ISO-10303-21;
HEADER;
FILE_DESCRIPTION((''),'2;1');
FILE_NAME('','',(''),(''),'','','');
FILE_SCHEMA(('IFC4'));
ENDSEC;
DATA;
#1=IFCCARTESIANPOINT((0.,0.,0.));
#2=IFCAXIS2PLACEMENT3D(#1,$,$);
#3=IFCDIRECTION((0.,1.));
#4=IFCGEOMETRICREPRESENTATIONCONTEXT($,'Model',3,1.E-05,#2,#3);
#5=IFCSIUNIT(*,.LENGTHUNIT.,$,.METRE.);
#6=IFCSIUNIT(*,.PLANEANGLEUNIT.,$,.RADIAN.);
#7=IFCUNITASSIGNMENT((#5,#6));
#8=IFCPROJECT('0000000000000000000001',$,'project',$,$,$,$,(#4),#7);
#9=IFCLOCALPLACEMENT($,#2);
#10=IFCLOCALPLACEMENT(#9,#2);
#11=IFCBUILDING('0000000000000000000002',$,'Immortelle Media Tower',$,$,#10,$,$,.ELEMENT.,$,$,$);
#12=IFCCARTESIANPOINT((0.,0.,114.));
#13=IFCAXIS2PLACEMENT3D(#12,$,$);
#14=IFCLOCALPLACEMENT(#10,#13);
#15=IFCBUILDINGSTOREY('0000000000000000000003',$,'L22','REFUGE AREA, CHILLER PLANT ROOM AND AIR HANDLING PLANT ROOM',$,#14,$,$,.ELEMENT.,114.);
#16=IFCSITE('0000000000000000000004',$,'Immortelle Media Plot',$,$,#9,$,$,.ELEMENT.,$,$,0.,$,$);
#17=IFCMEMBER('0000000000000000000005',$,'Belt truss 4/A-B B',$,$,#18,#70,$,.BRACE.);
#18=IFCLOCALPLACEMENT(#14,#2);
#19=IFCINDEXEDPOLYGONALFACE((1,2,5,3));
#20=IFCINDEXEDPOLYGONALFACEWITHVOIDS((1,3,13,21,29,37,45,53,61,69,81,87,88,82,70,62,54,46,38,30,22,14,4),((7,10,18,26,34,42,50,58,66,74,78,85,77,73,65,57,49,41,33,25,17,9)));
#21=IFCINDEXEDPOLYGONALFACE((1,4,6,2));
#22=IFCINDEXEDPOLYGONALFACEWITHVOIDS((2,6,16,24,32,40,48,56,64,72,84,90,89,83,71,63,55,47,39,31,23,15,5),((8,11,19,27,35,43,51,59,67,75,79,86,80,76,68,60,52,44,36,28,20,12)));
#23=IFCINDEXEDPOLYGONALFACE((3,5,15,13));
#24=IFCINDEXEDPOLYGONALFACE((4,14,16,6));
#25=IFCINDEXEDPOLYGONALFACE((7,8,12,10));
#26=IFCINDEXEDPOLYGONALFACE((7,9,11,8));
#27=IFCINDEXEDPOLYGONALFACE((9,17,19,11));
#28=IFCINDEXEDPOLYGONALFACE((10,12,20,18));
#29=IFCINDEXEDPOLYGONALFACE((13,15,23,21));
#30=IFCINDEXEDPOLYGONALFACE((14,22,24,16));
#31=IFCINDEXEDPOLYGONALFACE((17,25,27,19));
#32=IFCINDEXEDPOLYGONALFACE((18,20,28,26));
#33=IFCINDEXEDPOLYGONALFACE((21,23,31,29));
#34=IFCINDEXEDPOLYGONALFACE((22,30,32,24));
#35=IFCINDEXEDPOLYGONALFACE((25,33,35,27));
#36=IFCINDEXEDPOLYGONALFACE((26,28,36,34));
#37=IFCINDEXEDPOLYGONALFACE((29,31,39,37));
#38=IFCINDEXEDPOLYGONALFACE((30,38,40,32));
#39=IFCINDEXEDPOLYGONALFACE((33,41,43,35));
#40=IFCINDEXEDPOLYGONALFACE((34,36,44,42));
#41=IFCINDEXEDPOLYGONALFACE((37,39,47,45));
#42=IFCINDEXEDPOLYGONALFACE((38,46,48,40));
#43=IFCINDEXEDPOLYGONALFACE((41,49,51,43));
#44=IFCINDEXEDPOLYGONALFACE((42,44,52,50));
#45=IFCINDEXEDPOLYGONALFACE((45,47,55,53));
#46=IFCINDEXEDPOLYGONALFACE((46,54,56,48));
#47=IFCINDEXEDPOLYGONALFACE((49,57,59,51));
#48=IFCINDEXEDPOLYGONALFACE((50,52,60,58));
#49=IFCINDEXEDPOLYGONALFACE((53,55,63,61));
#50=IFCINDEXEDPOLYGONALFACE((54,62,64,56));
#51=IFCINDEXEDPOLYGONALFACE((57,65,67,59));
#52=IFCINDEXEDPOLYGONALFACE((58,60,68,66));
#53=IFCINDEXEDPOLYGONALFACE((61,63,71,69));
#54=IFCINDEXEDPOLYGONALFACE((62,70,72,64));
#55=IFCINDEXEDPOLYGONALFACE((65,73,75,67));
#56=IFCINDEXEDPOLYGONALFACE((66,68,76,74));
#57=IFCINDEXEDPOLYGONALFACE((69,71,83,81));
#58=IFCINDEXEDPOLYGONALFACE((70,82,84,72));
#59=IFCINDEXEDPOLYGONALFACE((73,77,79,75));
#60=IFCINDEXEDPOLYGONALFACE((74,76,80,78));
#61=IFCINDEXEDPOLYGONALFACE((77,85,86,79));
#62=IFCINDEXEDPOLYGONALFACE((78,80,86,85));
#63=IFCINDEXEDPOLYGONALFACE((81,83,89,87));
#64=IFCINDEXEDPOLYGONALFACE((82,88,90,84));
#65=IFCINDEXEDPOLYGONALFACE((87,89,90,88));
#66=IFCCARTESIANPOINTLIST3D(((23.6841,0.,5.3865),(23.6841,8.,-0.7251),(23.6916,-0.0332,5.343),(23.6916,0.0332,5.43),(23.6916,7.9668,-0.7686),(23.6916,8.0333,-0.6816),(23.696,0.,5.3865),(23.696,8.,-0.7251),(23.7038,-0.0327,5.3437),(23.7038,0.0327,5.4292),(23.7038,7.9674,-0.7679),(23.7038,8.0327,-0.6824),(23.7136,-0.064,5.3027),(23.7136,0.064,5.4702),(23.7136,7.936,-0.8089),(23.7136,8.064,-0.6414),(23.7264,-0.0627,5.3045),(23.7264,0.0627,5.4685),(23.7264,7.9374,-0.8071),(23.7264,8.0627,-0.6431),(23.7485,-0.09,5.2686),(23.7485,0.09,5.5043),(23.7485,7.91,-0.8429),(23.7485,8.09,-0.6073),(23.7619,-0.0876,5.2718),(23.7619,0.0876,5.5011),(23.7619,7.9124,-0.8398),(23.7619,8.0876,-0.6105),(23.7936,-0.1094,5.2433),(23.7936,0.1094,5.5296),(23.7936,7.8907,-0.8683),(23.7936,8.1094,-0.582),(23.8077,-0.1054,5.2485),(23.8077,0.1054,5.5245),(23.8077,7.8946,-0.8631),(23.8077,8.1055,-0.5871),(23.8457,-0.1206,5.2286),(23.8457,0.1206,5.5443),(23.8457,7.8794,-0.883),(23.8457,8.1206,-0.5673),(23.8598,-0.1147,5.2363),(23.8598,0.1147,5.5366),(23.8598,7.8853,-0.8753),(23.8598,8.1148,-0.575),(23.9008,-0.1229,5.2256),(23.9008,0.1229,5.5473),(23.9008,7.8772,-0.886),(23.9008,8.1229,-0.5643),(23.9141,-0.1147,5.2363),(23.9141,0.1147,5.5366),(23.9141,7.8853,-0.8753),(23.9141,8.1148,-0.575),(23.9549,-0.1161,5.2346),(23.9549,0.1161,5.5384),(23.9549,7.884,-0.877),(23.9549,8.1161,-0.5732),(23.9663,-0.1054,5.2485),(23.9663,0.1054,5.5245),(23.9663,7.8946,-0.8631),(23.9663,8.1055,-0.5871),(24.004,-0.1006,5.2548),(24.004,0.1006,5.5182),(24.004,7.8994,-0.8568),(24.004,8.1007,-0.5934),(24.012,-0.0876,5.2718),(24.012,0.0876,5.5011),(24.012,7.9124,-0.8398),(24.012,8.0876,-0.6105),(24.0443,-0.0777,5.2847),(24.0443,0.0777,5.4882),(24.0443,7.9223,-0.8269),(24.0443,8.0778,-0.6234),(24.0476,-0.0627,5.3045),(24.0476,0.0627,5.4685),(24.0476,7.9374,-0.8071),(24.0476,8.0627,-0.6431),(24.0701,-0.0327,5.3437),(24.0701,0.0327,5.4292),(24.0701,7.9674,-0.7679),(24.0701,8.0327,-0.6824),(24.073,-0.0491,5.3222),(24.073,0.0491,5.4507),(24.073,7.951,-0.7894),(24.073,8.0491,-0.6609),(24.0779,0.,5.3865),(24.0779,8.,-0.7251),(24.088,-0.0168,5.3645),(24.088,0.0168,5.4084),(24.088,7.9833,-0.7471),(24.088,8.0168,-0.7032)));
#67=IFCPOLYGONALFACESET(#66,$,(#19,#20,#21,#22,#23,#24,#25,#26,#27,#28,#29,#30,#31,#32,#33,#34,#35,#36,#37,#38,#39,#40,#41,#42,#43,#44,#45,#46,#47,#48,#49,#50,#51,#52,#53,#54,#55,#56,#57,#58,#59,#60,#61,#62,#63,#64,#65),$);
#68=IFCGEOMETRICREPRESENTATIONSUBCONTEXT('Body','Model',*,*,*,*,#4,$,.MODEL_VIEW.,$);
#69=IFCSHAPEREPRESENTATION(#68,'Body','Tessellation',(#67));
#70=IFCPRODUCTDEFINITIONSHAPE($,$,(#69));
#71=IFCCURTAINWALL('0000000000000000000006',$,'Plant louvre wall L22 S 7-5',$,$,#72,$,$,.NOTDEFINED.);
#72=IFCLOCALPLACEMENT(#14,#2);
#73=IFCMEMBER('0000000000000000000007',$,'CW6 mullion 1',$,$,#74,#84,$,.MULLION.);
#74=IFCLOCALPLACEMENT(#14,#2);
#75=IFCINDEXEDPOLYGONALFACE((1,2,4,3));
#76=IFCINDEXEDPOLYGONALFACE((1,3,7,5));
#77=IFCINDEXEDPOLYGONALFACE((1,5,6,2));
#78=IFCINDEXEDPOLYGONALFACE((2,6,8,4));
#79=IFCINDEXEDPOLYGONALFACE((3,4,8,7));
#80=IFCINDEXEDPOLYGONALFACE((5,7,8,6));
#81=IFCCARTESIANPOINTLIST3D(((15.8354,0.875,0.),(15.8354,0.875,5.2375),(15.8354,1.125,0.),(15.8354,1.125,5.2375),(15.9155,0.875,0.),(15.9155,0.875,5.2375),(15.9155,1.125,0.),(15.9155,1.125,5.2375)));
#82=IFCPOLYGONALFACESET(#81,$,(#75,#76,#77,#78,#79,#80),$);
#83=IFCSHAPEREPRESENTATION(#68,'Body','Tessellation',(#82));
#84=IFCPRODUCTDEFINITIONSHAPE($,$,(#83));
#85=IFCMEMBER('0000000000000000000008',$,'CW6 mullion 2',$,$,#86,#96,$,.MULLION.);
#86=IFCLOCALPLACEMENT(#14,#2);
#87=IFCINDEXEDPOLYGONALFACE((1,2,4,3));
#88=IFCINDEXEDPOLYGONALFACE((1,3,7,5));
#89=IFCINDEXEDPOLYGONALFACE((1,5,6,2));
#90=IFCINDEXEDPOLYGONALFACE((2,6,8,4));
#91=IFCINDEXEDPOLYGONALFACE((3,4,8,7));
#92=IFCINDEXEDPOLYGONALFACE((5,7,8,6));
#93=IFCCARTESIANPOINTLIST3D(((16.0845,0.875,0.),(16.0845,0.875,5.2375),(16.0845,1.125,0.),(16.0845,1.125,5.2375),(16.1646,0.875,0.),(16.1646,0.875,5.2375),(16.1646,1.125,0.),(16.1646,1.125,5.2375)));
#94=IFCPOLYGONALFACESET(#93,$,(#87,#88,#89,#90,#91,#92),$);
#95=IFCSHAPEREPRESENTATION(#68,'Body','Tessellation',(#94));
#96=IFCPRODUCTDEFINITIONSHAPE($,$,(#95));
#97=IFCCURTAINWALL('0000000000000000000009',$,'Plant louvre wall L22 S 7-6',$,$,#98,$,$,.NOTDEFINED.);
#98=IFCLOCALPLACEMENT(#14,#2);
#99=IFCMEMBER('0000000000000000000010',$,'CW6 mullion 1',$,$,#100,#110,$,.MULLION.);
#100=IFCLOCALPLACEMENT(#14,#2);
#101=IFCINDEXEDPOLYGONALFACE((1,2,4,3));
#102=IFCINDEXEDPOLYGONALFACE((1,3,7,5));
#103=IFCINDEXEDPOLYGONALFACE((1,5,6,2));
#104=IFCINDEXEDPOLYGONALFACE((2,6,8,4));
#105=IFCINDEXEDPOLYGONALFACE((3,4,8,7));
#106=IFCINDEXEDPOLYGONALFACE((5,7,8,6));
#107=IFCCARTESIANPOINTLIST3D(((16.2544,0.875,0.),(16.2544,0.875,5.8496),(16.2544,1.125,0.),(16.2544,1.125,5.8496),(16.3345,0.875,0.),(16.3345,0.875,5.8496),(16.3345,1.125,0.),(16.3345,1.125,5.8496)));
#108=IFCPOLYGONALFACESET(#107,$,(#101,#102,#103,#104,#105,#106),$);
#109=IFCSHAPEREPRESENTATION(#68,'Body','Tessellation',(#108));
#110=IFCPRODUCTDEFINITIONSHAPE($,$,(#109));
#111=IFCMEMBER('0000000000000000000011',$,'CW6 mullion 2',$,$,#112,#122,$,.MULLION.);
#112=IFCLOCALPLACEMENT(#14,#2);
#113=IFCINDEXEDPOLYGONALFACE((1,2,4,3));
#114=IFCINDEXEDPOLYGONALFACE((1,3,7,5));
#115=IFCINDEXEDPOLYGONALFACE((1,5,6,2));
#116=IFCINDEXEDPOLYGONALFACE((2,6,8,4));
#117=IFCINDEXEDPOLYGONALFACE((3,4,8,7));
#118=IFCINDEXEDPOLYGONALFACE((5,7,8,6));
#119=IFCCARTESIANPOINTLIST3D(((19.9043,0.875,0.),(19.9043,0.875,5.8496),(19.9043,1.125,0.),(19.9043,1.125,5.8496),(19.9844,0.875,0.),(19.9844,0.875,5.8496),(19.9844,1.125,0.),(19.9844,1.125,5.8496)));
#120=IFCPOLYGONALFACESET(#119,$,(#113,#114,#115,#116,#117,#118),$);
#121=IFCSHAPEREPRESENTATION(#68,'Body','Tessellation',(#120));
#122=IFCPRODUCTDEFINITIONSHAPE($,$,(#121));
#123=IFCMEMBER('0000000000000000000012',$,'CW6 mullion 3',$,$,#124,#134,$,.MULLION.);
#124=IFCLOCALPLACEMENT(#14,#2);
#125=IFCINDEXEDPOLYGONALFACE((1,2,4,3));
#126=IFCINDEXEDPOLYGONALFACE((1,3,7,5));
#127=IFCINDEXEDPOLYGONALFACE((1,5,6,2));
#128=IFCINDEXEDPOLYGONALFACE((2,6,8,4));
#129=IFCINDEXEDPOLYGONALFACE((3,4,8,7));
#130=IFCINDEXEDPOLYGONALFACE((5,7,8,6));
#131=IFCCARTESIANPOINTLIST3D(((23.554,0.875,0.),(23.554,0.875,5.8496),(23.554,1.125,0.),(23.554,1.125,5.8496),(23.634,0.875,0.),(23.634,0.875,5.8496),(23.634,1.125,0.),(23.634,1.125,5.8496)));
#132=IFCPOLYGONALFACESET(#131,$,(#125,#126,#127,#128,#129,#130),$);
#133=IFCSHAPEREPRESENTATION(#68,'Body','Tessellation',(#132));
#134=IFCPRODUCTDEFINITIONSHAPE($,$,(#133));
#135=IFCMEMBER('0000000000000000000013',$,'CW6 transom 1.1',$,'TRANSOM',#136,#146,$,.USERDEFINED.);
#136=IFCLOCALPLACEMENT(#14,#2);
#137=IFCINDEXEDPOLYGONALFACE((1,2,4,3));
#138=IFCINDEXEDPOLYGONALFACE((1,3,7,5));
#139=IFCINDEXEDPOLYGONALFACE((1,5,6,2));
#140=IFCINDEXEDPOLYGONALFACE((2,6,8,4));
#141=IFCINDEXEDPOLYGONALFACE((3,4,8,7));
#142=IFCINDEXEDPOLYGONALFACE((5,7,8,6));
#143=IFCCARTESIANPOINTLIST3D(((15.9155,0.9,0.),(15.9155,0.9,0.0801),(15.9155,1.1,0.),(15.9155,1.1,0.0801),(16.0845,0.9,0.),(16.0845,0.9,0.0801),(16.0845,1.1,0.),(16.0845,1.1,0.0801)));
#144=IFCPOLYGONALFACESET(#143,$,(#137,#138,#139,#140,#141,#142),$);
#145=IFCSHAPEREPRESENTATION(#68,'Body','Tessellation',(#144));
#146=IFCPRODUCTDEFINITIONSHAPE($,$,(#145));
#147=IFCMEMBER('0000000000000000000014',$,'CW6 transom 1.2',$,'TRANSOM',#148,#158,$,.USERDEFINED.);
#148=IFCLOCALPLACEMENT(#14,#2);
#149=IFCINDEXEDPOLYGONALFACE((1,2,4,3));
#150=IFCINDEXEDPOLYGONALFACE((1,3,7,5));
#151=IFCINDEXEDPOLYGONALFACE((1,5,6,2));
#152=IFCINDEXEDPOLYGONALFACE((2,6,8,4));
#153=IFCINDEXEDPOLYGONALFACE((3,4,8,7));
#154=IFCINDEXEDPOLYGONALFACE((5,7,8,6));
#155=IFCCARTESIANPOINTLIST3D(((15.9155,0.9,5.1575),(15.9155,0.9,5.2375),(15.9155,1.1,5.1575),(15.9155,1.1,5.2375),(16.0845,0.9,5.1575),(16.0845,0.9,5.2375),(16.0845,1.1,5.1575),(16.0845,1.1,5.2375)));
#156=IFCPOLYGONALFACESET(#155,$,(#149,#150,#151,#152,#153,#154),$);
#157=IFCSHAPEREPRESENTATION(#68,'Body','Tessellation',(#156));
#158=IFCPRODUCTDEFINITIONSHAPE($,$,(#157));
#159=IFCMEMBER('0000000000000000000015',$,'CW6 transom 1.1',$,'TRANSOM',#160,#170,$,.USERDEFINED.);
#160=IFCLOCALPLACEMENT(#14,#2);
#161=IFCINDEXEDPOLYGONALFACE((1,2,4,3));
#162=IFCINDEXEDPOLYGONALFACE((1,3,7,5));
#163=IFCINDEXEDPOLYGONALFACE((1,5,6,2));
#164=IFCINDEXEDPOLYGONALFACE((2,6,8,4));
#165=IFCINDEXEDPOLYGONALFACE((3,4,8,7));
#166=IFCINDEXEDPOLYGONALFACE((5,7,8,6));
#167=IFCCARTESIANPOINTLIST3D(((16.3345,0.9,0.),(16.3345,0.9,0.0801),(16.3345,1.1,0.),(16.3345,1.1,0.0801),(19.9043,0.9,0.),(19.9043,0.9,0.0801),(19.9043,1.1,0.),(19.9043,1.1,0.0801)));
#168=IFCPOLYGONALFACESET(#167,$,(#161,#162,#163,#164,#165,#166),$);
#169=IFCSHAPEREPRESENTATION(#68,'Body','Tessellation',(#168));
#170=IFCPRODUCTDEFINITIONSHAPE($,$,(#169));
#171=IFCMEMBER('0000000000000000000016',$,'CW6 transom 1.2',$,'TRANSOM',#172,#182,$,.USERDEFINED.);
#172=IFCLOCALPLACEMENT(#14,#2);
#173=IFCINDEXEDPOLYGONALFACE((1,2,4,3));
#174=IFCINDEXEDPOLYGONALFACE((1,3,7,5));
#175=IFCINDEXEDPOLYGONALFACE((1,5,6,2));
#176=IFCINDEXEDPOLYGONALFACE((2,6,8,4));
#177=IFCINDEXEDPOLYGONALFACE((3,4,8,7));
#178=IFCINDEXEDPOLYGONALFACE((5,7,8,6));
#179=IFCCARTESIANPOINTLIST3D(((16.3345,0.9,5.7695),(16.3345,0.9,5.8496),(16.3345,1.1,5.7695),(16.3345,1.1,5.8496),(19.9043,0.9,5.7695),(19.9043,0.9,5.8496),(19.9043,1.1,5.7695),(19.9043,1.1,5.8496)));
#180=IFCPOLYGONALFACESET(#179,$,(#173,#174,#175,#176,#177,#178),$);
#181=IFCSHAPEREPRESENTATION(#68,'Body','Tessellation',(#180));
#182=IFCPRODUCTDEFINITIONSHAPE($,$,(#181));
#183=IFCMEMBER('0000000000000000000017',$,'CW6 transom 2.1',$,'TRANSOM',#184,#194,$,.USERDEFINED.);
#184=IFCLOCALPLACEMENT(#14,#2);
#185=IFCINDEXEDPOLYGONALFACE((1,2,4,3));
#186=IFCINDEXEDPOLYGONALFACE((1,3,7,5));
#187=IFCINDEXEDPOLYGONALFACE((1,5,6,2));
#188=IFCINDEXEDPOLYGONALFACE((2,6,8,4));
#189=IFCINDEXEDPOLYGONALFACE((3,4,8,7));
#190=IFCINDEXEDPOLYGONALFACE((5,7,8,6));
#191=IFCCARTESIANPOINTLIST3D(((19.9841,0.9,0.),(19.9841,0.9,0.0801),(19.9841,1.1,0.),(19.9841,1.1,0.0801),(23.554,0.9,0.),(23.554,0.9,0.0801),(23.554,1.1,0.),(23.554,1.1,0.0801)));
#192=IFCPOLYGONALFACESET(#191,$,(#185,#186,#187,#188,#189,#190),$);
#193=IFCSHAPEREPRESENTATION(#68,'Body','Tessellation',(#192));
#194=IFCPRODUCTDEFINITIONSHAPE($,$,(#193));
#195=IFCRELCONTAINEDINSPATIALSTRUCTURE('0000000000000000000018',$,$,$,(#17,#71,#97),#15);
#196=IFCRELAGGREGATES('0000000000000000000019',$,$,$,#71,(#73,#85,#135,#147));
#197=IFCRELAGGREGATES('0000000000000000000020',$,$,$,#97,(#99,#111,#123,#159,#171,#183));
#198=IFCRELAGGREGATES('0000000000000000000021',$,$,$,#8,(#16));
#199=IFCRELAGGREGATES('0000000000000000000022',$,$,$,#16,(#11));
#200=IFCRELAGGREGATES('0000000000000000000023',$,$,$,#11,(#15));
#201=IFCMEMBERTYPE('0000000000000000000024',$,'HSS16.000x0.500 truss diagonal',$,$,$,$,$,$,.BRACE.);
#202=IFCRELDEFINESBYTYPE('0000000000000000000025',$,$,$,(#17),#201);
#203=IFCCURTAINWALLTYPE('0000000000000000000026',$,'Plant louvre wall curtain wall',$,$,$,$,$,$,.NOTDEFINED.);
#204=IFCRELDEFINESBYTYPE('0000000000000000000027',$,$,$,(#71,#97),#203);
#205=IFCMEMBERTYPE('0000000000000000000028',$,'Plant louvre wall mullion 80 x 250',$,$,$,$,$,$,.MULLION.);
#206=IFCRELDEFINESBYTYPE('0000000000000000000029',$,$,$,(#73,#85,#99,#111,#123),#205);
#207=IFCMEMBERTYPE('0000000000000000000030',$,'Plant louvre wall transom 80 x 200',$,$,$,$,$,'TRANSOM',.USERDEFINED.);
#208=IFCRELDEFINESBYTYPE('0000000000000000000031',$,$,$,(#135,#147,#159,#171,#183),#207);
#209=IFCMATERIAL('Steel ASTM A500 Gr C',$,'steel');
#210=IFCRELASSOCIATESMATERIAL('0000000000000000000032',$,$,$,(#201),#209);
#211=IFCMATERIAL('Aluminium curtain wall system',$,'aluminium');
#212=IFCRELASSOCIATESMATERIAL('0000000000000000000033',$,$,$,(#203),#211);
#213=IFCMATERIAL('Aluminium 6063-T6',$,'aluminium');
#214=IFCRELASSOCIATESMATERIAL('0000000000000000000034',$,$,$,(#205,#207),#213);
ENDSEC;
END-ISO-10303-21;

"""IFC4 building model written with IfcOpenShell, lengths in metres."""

from ifc_helpers import new_model, si_unit, direction, frame, origin, origin_2d, place, context, subcontext, project, spatial, rectangle, hollow_circle, extrude, material, material_profile, profile_set, type_object, element, aggregate, save


model = new_model("IFC4")

# Units and contexts
model_context = context("Model", 3, precision=1e-05, world=origin(), true_north=direction((0.0, 1.0)))
body_context = subcontext(model_context, "Body", "Model", "MODEL_VIEW")
ifc_project = project(units=[si_unit("LENGTHUNIT", "METRE"), si_unit("PLANEANGLEUNIT", "RADIAN")], contexts=[model_context])

# Site, building, storey
site_placement = place(None, origin())
site = spatial("IfcSite", under=ifc_project, at=site_placement, Name="Immortelle Media Plot", CompositionType="ELEMENT", RefElevation=0.0)
building_placement = place(site_placement, origin())
building = spatial("IfcBuilding", under=site, at=building_placement, Name="Immortelle Media Tower", CompositionType="ELEMENT")
storey_placement = place(building_placement, frame((0.0, 0.0, 114.0)))
storey = spatial("IfcBuildingStorey", under=building, at=storey_placement, Name="L22", Description="REFUGE AREA, CHILLER PLANT ROOM AND AIR HANDLING PLANT ROOM", CompositionType="ELEMENT", Elevation=114.0)

# Member
ifc_material_1 = material(Name="Steel ASTM A500 Gr C", Category="steel")
ifc_material_profile_1 = material_profile(ifc_material_1, hollow_circle(Radius=0.2029, WallThickness=0.012, at=origin_2d()), Name="HSS16.000x0.500 truss diagonal")
ifc_profile_set_1 = profile_set([ifc_material_profile_1], Name="Steel ASTM A500 Gr C")
member_type_1 = type_object("IfcMemberType", Name="HSS16.000x0.500 truss diagonal", PredefinedType="BRACE", material=ifc_profile_set_1)
for number, where, z_axis, x_axis, name in (
    (1, (23.887, 0.0, 5.3865), (0.0, 0.794649, -0.607069), (-1.0, 0.0, 0.0), "Belt truss 4/A-B B"),
):
    element("IfcMember", number, at=place(storey_placement, frame(where, z_axis=z_axis, x_axis=x_axis)), inside=storey, type_object=member_type_1, Name=name, PredefinedType="BRACE", context=body_context, shape_type="SweptSolid", body=[
        extrude(hollow_circle(Radius=0.2029, WallThickness=0.012, at=origin_2d()), origin(), (0.0, 0.0, 1.0), 10.0674),
    ])

# Curtain walls, members
ifc_material_2 = material(Name="Aluminium curtain wall system", Category="aluminium")
curtain_wall_type = type_object("IfcCurtainWallType", Name="Plant louvre wall curtain wall", PredefinedType="NOTDEFINED", material=ifc_material_2)
curtain_wall_1_placement = place(storey_placement, origin())
curtain_wall_1 = element("IfcCurtainWall", 2, at=curtain_wall_1_placement, inside=storey, type_object=curtain_wall_type, Name="Plant louvre wall L22 S 7-5", PredefinedType="NOTDEFINED")
ifc_material_3 = material(Name="Aluminium 6063-T6", Category="aluminium")
ifc_material_profile_2 = material_profile(ifc_material_3, rectangle(XDim=0.25, YDim=0.0801, at=origin_2d()), Name="AL 80x250")
ifc_profile_set_2 = profile_set([ifc_material_profile_2], Name="Aluminium 6063-T6")
member_type_2 = type_object("IfcMemberType", Name="Plant louvre wall mullion 80 x 250", PredefinedType="MULLION", material=ifc_profile_set_2)
member_1_placement = place(storey_placement, frame((15.8755, 1.0, 0.0), z_axis=(0.0, 0.0, 1.0), x_axis=(0.0, 1.0, 0.0)))
member_1 = element("IfcMember", 3, at=member_1_placement, type_object=member_type_2, Name="CW6 mullion 1", PredefinedType="MULLION", context=body_context, shape_type="SweptSolid", body=[
    extrude(rectangle(XDim=0.25, YDim=0.0801, at=origin_2d()), origin(), (0.0, 0.0, 1.0), 5.2375),
])
member_2_placement = place(storey_placement, frame((16.1245, 1.0, 0.0), z_axis=(0.0, 0.0, 1.0), x_axis=(0.0, 1.0, 0.0)))
member_2 = element("IfcMember", 4, at=member_2_placement, type_object=member_type_2, Name="CW6 mullion 2", PredefinedType="MULLION", context=body_context, shape_type="SweptSolid", body=[
    extrude(rectangle(XDim=0.25, YDim=0.0801, at=origin_2d()), origin(), (0.0, 0.0, 1.0), 5.2375),
])
curtain_wall_2_placement = place(storey_placement, origin())
curtain_wall_2 = element("IfcCurtainWall", 5, at=curtain_wall_2_placement, inside=storey, type_object=curtain_wall_type, Name="Plant louvre wall L22 S 7-6", PredefinedType="NOTDEFINED")
member_3_placement = place(storey_placement, frame((16.2944, 1.0, 0.0), z_axis=(0.0, 0.0, 1.0), x_axis=(0.0, 1.0, 0.0)))
member_3 = element("IfcMember", 6, at=member_3_placement, type_object=member_type_2, Name="CW6 mullion 1", PredefinedType="MULLION", context=body_context, shape_type="SweptSolid", body=[
    extrude(rectangle(XDim=0.25, YDim=0.0801, at=origin_2d()), origin(), (0.0, 0.0, 1.0), 5.8496),
])
member_4_placement = place(storey_placement, frame((19.9443, 1.0, 0.0), z_axis=(0.0, 0.0, 1.0), x_axis=(0.0, 1.0, 0.0)))
member_4 = element("IfcMember", 7, at=member_4_placement, type_object=member_type_2, Name="CW6 mullion 2", PredefinedType="MULLION", context=body_context, shape_type="SweptSolid", body=[
    extrude(rectangle(XDim=0.25, YDim=0.0801, at=origin_2d()), origin(), (0.0, 0.0, 1.0), 5.8496),
])
member_5_placement = place(storey_placement, frame((23.594, 1.0, 0.0), z_axis=(0.0, 0.0, 1.0), x_axis=(0.0, 1.0, 0.0)))
member_5 = element("IfcMember", 8, at=member_5_placement, type_object=member_type_2, Name="CW6 mullion 3", PredefinedType="MULLION", context=body_context, shape_type="SweptSolid", body=[
    extrude(rectangle(XDim=0.25, YDim=0.0801, at=origin_2d()), origin(), (0.0, 0.0, 1.0), 5.8496),
])

# Members
ifc_material_profile_3 = material_profile(ifc_material_3, rectangle(XDim=0.2, YDim=0.0801, at=origin_2d()), Name="AL 80x200")
ifc_profile_set_3 = profile_set([ifc_material_profile_3], Name="Aluminium 6063-T6")
member_type_3 = type_object("IfcMemberType", Name="Plant louvre wall transom 80 x 200", ElementType="TRANSOM", PredefinedType="USERDEFINED", material=ifc_profile_set_3)
member_6_placement = place(storey_placement, frame((15.9155, 1.0, 0.04), z_axis=(1.0, 0.0, 0.0), x_axis=(0.0, 1.0, 0.0)))
member_6 = element("IfcMember", 9, at=member_6_placement, type_object=member_type_3, Name="CW6 transom 1.1", ObjectType="TRANSOM", PredefinedType="USERDEFINED", context=body_context, shape_type="SweptSolid", body=[
    extrude(rectangle(XDim=0.2, YDim=0.0801, at=origin_2d()), origin(), (0.0, 0.0, 1.0), 0.1689),
])
member_7_placement = place(storey_placement, frame((15.9155, 1.0, 5.1975), z_axis=(1.0, 0.0, 0.0), x_axis=(0.0, 1.0, 0.0)))
member_7 = element("IfcMember", 10, at=member_7_placement, type_object=member_type_3, Name="CW6 transom 1.2", ObjectType="TRANSOM", PredefinedType="USERDEFINED", context=body_context, shape_type="SweptSolid", body=[
    extrude(rectangle(XDim=0.2, YDim=0.0801, at=origin_2d()), origin(), (0.0, 0.0, 1.0), 0.1689),
])
member_8_placement = place(storey_placement, frame((16.3345, 1.0, 0.04), z_axis=(1.0, 0.0, 0.0), x_axis=(0.0, 1.0, 0.0)))
member_8 = element("IfcMember", 11, at=member_8_placement, type_object=member_type_3, Name="CW6 transom 1.1", ObjectType="TRANSOM", PredefinedType="USERDEFINED", context=body_context, shape_type="SweptSolid", body=[
    extrude(rectangle(XDim=0.2, YDim=0.0801, at=origin_2d()), origin(), (0.0, 0.0, 1.0), 3.5698),
])
member_9_placement = place(storey_placement, frame((16.3345, 1.0, 5.8096), z_axis=(1.0, 0.0, 0.0), x_axis=(0.0, 1.0, 0.0)))
member_9 = element("IfcMember", 12, at=member_9_placement, type_object=member_type_3, Name="CW6 transom 1.2", ObjectType="TRANSOM", PredefinedType="USERDEFINED", context=body_context, shape_type="SweptSolid", body=[
    extrude(rectangle(XDim=0.2, YDim=0.0801, at=origin_2d()), origin(), (0.0, 0.0, 1.0), 3.5698),
])
member_10_placement = place(storey_placement, frame((19.9841, 1.0, 0.04), z_axis=(1.0, 0.0, 0.0), x_axis=(0.0, 1.0, 0.0)))
member_10 = element("IfcMember", 13, at=member_10_placement, type_object=member_type_3, Name="CW6 transom 2.1", ObjectType="TRANSOM", PredefinedType="USERDEFINED", context=body_context, shape_type="SweptSolid", body=[
    extrude(rectangle(XDim=0.2, YDim=0.0801, at=origin_2d()), origin(), (0.0, 0.0, 1.0), 3.5698),
])

aggregate(curtain_wall_1, [member_1, member_2, member_6, member_7])
aggregate(curtain_wall_2, [member_3, member_4, member_5, member_8, member_9, member_10])

save(model, "model.ifc")
